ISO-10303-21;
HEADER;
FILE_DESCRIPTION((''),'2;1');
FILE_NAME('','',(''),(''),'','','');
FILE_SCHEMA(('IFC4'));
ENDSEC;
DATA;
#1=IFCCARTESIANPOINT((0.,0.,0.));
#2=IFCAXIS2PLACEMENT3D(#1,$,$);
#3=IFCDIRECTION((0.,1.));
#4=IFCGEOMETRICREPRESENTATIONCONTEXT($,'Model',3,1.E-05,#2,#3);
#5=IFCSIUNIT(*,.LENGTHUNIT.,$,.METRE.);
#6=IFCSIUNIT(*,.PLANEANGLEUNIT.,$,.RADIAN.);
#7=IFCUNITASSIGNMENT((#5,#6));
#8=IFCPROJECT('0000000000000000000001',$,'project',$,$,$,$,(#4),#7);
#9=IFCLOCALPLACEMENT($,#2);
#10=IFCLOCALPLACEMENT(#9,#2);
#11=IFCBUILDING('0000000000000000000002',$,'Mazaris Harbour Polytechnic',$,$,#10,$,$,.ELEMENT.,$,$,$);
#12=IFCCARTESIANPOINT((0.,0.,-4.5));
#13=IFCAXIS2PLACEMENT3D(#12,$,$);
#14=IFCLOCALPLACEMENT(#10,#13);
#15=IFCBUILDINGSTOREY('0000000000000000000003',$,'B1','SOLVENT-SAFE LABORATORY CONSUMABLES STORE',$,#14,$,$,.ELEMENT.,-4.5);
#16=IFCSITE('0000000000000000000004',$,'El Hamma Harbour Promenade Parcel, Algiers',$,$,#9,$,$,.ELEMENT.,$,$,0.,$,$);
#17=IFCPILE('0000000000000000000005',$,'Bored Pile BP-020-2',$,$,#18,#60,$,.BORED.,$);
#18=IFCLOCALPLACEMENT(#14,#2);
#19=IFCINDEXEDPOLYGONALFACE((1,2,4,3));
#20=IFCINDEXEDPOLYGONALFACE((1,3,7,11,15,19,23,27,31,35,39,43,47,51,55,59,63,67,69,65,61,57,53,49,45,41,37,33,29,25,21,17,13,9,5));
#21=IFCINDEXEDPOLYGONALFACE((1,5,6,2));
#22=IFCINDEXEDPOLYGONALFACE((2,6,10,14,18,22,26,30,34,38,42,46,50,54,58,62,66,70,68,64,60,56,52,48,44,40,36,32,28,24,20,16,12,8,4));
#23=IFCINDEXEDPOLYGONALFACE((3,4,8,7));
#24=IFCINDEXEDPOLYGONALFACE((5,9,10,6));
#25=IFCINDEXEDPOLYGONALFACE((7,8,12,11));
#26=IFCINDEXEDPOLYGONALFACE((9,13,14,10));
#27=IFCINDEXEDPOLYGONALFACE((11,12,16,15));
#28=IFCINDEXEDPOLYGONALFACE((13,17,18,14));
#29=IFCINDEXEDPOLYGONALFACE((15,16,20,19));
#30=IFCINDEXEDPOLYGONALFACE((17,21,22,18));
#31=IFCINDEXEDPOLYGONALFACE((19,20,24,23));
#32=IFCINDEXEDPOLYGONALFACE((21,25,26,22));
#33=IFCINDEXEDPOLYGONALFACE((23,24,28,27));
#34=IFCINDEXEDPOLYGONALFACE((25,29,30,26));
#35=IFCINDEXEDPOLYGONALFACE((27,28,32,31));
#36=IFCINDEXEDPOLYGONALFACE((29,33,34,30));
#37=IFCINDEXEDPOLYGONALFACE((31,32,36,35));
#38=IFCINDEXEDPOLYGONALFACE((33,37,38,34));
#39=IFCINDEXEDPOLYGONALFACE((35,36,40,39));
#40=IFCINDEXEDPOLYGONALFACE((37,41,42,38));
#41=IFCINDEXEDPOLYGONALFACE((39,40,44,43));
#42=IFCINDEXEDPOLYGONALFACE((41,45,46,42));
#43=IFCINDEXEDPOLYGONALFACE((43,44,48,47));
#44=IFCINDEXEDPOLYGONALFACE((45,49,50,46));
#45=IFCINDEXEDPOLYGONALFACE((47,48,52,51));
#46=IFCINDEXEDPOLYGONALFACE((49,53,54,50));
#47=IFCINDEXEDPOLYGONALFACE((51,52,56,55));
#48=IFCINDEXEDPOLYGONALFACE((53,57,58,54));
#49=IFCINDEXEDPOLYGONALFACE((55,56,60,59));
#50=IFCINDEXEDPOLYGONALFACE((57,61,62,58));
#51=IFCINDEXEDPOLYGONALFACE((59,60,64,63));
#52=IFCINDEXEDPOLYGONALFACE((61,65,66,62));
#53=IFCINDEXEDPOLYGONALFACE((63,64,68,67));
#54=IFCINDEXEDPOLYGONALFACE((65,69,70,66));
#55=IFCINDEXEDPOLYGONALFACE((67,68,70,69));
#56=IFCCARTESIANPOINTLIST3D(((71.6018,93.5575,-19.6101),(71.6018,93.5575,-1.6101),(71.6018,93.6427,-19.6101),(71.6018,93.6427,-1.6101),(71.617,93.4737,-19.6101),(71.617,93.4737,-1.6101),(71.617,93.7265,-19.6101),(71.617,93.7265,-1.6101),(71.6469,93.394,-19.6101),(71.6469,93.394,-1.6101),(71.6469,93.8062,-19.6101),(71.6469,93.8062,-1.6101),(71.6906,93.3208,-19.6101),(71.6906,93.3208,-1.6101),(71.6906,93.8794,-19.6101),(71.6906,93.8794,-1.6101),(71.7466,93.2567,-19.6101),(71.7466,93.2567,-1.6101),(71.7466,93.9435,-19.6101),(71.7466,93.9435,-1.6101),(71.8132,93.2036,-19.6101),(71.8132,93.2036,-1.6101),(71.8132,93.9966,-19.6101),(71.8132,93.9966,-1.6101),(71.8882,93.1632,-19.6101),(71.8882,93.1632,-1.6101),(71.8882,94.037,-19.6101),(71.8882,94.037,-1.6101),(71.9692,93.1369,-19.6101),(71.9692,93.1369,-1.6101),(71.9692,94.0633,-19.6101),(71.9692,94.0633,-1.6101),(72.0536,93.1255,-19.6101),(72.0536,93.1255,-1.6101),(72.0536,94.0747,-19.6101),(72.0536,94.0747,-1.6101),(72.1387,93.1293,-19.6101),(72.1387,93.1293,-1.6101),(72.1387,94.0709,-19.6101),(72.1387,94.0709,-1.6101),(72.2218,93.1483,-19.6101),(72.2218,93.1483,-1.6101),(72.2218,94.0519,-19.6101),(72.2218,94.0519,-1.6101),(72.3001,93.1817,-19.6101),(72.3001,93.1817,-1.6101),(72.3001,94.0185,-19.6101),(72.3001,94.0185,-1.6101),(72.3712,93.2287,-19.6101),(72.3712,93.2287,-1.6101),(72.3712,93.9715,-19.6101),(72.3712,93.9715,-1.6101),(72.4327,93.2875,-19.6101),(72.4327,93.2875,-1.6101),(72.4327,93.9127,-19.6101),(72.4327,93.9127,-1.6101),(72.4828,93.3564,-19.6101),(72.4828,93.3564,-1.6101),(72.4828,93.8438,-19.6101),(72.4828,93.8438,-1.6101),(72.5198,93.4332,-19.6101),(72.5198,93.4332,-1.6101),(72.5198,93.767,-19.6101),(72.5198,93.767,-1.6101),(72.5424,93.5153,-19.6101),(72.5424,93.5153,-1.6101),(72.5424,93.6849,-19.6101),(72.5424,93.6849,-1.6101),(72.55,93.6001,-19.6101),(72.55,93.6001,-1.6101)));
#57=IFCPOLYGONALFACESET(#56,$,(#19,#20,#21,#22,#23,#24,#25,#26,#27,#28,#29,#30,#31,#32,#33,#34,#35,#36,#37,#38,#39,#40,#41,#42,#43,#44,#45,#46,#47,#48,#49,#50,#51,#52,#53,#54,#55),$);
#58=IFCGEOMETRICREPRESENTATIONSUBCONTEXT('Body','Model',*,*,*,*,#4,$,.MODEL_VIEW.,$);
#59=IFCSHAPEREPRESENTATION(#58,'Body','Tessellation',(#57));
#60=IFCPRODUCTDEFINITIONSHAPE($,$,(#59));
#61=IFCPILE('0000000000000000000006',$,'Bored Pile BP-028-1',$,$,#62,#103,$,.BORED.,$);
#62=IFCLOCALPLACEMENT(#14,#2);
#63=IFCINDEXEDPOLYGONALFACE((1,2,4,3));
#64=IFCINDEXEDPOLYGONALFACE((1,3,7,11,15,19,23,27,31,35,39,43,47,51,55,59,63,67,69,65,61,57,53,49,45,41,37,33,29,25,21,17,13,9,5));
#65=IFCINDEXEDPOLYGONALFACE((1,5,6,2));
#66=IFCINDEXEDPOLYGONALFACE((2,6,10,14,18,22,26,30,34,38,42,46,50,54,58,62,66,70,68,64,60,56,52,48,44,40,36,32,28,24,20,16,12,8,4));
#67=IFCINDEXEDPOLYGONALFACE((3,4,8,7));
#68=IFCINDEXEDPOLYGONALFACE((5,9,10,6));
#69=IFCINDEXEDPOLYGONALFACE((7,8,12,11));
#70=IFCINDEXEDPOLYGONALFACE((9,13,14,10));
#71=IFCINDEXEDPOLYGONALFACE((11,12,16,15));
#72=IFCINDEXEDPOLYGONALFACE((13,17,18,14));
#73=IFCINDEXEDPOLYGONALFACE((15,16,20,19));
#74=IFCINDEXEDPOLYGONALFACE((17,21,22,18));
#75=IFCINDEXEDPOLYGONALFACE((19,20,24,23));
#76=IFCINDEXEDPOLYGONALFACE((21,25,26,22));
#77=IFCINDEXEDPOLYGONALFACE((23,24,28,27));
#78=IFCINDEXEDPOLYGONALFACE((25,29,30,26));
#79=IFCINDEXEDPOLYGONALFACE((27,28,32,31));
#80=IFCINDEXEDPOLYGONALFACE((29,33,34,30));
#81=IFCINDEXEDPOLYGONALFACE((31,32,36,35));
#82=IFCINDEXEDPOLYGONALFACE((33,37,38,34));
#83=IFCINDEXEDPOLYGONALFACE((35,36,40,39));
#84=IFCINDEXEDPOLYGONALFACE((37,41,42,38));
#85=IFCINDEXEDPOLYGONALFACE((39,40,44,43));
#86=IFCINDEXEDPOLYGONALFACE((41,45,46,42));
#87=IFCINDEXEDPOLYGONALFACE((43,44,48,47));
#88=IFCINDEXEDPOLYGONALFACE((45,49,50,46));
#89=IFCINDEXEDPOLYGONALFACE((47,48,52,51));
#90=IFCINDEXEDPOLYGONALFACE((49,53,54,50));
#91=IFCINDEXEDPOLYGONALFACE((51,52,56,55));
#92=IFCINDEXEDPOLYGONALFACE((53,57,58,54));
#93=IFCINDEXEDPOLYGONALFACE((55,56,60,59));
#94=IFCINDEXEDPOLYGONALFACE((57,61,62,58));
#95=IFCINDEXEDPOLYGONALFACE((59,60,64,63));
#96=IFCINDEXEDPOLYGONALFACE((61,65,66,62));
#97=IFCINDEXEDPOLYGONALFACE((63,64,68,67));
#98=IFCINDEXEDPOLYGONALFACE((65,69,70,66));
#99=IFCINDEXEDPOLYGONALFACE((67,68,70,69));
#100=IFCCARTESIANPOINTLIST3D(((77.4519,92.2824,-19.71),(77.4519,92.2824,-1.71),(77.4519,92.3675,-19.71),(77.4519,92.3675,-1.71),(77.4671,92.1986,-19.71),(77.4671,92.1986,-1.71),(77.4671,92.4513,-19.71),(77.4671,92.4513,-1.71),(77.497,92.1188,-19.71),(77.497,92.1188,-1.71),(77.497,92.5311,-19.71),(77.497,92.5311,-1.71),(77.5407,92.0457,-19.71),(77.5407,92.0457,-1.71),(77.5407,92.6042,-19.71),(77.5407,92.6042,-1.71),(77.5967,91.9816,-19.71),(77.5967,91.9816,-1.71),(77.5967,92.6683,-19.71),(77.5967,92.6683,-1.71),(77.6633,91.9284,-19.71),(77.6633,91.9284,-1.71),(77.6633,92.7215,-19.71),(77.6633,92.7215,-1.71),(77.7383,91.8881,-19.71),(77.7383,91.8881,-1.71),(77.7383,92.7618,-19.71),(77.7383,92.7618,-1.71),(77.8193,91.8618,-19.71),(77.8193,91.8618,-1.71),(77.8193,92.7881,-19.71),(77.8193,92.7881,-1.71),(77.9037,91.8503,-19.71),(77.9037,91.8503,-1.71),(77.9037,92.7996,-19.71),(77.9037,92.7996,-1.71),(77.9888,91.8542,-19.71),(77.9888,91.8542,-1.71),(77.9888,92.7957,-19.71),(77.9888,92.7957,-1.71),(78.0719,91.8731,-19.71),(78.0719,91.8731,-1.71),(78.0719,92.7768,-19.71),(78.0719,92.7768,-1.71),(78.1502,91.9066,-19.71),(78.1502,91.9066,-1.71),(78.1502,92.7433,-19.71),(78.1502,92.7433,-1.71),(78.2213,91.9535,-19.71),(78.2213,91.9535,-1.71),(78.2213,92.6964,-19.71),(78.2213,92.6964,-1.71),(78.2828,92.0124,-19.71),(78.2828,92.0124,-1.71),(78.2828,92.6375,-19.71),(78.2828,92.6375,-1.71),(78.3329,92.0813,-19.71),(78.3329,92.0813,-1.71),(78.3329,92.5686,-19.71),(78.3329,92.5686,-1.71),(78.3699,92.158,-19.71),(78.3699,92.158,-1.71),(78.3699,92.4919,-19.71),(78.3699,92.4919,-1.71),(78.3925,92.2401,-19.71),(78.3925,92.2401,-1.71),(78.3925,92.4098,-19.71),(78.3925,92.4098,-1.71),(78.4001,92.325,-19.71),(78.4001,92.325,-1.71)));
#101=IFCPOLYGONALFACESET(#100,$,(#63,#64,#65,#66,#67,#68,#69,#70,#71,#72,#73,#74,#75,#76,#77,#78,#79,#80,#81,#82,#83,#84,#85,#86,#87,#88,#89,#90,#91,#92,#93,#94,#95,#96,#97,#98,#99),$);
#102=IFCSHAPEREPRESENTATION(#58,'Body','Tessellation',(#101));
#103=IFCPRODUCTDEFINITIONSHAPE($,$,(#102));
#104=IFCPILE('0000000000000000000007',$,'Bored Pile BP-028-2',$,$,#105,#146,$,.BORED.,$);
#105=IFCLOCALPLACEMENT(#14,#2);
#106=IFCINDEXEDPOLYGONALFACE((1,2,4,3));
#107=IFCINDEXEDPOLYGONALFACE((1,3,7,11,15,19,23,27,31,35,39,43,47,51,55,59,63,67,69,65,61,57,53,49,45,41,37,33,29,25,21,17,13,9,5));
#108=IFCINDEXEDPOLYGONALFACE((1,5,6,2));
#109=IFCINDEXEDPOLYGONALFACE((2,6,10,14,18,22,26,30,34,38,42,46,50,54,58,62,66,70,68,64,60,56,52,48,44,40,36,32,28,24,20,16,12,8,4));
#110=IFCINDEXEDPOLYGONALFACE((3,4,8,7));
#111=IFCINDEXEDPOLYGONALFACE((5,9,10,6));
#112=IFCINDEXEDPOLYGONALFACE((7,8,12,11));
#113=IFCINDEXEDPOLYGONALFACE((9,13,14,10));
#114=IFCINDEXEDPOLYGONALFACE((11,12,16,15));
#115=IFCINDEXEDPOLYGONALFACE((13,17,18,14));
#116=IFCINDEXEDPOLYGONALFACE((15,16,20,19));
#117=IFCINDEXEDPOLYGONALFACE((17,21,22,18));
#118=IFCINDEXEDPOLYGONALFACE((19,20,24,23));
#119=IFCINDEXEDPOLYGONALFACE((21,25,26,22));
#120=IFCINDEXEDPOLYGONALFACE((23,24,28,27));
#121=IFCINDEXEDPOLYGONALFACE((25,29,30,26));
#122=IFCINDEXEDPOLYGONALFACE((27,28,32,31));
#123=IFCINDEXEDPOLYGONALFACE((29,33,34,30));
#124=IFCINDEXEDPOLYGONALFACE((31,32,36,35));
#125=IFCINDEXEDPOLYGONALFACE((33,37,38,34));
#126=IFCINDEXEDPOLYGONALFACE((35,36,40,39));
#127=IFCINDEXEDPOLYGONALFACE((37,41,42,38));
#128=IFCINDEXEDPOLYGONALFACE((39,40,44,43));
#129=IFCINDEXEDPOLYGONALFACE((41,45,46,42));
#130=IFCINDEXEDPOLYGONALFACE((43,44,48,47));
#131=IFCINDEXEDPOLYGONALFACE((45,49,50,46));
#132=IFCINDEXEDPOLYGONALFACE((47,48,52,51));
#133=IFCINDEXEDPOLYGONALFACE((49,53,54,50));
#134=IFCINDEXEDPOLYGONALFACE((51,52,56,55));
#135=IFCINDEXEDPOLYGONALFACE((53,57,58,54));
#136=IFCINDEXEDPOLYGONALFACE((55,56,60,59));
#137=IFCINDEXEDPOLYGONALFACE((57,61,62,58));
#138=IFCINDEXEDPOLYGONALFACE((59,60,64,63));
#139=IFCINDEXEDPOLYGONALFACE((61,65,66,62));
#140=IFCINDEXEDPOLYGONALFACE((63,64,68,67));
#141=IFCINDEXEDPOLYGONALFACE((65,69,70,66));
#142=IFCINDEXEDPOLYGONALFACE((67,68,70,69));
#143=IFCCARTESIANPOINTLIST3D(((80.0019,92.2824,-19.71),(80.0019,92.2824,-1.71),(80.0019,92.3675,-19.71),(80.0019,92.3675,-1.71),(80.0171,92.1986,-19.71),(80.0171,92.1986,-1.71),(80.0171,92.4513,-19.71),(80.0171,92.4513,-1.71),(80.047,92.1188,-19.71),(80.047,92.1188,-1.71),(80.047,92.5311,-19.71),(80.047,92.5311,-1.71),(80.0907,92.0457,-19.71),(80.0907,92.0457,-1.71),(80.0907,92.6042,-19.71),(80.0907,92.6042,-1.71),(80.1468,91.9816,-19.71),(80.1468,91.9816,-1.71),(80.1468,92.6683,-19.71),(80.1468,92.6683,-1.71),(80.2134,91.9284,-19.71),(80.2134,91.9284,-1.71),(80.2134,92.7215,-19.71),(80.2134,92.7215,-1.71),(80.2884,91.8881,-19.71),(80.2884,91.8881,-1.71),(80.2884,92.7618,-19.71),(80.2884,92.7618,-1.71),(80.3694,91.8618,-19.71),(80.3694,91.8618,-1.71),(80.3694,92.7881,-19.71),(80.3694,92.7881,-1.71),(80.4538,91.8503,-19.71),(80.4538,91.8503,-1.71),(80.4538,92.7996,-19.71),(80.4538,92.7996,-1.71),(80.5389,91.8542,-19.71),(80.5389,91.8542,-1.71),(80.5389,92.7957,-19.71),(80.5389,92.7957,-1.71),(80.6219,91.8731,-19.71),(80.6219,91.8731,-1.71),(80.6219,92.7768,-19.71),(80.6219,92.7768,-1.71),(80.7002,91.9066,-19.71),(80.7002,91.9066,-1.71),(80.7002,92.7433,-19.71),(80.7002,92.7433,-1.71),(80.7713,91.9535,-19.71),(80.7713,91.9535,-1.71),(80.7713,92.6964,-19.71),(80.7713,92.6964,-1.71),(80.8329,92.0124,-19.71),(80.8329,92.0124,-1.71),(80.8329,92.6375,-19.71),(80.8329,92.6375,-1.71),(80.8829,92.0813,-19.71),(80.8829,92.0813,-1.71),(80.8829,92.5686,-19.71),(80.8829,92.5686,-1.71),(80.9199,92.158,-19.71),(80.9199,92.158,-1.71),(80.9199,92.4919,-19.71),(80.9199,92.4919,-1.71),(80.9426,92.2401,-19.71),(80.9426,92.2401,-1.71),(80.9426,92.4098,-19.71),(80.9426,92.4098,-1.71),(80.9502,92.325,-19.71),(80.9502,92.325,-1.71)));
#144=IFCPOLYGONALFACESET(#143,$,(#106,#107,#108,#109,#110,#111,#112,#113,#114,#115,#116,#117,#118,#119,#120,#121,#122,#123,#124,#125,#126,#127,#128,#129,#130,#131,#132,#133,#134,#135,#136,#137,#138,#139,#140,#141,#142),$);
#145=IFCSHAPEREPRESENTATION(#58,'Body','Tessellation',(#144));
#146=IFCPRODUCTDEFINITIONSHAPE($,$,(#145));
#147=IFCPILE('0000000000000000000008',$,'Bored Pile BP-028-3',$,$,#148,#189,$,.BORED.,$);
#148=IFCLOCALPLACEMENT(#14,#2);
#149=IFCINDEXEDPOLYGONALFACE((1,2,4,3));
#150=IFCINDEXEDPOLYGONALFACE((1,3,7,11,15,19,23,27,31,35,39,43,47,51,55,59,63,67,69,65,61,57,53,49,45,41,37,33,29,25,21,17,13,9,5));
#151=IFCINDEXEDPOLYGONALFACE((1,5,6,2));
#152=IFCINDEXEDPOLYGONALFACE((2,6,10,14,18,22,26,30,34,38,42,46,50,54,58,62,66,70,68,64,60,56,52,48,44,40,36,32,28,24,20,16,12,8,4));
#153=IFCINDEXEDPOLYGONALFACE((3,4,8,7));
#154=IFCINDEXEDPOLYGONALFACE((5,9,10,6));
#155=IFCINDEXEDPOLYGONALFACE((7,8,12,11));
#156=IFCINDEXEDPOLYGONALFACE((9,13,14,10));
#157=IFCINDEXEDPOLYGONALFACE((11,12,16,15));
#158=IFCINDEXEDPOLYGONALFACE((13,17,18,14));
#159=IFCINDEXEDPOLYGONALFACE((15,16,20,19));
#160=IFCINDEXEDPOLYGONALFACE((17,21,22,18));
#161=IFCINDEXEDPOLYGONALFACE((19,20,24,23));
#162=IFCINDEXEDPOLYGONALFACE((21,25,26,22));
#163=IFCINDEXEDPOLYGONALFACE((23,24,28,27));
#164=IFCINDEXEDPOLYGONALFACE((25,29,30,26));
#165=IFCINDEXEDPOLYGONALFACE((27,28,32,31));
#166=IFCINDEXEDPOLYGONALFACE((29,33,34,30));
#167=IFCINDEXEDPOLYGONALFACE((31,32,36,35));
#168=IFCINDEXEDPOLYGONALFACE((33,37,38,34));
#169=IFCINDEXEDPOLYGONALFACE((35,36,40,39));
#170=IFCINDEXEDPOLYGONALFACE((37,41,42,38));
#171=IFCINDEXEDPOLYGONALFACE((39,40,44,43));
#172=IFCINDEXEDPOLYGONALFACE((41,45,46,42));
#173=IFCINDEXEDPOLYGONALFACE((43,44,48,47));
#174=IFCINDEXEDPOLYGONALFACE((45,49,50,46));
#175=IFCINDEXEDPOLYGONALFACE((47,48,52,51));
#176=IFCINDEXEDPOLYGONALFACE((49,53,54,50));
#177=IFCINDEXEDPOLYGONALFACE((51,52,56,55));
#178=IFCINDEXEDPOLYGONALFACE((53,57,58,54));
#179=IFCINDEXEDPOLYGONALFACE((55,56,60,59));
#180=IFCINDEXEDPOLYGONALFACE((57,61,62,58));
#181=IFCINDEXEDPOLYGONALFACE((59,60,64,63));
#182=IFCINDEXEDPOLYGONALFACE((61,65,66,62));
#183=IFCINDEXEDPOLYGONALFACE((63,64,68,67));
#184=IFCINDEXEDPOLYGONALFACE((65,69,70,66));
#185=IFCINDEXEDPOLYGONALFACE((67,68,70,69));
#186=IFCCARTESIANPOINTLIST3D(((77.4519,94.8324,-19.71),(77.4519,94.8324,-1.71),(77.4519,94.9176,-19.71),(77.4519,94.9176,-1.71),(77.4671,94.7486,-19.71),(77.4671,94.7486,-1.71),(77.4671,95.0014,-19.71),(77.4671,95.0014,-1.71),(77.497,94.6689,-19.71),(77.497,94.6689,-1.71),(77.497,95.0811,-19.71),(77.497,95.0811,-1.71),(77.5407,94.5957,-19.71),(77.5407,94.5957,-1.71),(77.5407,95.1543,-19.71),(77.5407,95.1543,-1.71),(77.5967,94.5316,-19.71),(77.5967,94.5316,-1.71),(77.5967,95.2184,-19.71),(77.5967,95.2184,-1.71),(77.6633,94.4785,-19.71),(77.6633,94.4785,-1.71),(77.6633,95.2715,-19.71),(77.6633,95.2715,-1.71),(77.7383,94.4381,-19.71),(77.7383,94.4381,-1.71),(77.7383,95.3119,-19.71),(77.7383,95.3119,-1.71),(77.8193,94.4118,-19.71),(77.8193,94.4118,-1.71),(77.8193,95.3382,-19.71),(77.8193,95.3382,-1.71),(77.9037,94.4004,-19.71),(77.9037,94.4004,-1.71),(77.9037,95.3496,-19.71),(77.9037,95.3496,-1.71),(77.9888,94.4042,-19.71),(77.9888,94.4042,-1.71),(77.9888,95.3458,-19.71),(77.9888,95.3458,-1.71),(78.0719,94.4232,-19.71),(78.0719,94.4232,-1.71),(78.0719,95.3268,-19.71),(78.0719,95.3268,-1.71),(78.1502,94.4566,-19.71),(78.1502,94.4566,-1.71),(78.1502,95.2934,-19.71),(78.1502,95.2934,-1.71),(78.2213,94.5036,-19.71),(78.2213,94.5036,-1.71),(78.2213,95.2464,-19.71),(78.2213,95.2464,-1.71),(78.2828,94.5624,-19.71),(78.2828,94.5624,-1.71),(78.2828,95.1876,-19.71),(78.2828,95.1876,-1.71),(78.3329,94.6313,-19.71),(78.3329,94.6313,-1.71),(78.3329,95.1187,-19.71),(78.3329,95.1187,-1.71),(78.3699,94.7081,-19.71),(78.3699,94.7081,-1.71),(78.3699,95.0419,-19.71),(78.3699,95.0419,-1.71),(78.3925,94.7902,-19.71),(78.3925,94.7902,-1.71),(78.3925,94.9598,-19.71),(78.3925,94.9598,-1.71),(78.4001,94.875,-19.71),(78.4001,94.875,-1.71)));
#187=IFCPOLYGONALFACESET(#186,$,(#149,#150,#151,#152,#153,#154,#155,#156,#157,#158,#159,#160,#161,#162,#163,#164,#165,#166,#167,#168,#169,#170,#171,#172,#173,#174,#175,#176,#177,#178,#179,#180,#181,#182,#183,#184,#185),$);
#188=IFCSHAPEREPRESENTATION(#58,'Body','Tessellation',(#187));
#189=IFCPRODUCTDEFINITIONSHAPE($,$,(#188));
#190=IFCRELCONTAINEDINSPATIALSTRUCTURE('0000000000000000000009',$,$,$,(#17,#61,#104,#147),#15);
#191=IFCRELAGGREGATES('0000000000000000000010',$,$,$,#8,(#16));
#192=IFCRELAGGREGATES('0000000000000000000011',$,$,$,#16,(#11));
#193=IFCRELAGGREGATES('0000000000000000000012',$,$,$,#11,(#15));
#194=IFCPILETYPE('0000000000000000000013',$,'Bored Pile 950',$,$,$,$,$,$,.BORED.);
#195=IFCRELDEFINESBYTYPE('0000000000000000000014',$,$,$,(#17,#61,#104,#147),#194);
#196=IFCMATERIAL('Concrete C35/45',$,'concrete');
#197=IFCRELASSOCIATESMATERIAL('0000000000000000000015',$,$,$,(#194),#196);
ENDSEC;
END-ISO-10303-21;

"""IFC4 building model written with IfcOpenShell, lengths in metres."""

from ifc_helpers import new_model, si_unit, direction, frame, origin, origin_2d, place, context, subcontext, project, spatial, circle, extrude, material, material_profile, profile_set, type_object, element, save


model = new_model("IFC4")

# Units and contexts
model_context = context("Model", 3, precision=1e-05, world=origin(), true_north=direction((0.0, 1.0)))
body_context = subcontext(model_context, "Body", "Model", "MODEL_VIEW")
ifc_project = project(units=[si_unit("LENGTHUNIT", "METRE"), si_unit("PLANEANGLEUNIT", "RADIAN")], contexts=[model_context])

# Site, building, storey
site_placement = place(None, origin())
site = spatial("IfcSite", under=ifc_project, at=site_placement, Name="El Hamma Harbour Promenade Parcel, Algiers", CompositionType="ELEMENT", RefElevation=0.0)
building_placement = place(site_placement, origin())
building = spatial("IfcBuilding", under=site, at=building_placement, Name="Mazaris Harbour Polytechnic", CompositionType="ELEMENT")
storey_placement = place(building_placement, frame((0.0, 0.0, -4.5)))
storey = spatial("IfcBuildingStorey", under=building, at=storey_placement, Name="B1", Description="SOLVENT-SAFE LABORATORY CONSUMABLES STORE", CompositionType="ELEMENT", Elevation=-4.5)

# Piles
ifc_material_1 = material(Name="Concrete C35/45", Category="concrete")
ifc_material_profile_1 = material_profile(ifc_material_1, circle(Radius=0.4751, at=origin_2d()), Name="DIA950")
ifc_profile_set_1 = profile_set([ifc_material_profile_1], Name="Concrete C35/45")
pile_type_1 = type_object("IfcPileType", Name="Bored Pile 950", PredefinedType="BORED", material=ifc_profile_set_1)
for number, where, z_axis, x_axis, name in (
    (1, (72.075, 93.6001, -1.6101), (0.0, 0.0, -1.0), (1.0, 0.0, 0.0), "Bored Pile BP-020-2"),
    (2, (77.925, 92.325, -1.71), (0.0, 0.0, -1.0), (1.0, 0.0, 0.0), "Bored Pile BP-028-1"),
    (3, (80.4751, 92.325, -1.71), (0.0, 0.0, -1.0), (1.0, 0.0, 0.0), "Bored Pile BP-028-2"),
    (4, (77.925, 94.875, -1.71), (0.0, 0.0, -1.0), (1.0, 0.0, 0.0), "Bored Pile BP-028-3"),
):
    element("IfcPile", number, at=place(storey_placement, frame(where, z_axis=z_axis, x_axis=x_axis)), inside=storey, type_object=pile_type_1, Name=name, PredefinedType="BORED", context=body_context, shape_type="SweptSolid", body=[
        extrude(circle(Radius=0.4751, at=origin_2d()), origin(), (0.0, 0.0, 1.0), 18.0),
    ])

save(model, "model.ifc")
